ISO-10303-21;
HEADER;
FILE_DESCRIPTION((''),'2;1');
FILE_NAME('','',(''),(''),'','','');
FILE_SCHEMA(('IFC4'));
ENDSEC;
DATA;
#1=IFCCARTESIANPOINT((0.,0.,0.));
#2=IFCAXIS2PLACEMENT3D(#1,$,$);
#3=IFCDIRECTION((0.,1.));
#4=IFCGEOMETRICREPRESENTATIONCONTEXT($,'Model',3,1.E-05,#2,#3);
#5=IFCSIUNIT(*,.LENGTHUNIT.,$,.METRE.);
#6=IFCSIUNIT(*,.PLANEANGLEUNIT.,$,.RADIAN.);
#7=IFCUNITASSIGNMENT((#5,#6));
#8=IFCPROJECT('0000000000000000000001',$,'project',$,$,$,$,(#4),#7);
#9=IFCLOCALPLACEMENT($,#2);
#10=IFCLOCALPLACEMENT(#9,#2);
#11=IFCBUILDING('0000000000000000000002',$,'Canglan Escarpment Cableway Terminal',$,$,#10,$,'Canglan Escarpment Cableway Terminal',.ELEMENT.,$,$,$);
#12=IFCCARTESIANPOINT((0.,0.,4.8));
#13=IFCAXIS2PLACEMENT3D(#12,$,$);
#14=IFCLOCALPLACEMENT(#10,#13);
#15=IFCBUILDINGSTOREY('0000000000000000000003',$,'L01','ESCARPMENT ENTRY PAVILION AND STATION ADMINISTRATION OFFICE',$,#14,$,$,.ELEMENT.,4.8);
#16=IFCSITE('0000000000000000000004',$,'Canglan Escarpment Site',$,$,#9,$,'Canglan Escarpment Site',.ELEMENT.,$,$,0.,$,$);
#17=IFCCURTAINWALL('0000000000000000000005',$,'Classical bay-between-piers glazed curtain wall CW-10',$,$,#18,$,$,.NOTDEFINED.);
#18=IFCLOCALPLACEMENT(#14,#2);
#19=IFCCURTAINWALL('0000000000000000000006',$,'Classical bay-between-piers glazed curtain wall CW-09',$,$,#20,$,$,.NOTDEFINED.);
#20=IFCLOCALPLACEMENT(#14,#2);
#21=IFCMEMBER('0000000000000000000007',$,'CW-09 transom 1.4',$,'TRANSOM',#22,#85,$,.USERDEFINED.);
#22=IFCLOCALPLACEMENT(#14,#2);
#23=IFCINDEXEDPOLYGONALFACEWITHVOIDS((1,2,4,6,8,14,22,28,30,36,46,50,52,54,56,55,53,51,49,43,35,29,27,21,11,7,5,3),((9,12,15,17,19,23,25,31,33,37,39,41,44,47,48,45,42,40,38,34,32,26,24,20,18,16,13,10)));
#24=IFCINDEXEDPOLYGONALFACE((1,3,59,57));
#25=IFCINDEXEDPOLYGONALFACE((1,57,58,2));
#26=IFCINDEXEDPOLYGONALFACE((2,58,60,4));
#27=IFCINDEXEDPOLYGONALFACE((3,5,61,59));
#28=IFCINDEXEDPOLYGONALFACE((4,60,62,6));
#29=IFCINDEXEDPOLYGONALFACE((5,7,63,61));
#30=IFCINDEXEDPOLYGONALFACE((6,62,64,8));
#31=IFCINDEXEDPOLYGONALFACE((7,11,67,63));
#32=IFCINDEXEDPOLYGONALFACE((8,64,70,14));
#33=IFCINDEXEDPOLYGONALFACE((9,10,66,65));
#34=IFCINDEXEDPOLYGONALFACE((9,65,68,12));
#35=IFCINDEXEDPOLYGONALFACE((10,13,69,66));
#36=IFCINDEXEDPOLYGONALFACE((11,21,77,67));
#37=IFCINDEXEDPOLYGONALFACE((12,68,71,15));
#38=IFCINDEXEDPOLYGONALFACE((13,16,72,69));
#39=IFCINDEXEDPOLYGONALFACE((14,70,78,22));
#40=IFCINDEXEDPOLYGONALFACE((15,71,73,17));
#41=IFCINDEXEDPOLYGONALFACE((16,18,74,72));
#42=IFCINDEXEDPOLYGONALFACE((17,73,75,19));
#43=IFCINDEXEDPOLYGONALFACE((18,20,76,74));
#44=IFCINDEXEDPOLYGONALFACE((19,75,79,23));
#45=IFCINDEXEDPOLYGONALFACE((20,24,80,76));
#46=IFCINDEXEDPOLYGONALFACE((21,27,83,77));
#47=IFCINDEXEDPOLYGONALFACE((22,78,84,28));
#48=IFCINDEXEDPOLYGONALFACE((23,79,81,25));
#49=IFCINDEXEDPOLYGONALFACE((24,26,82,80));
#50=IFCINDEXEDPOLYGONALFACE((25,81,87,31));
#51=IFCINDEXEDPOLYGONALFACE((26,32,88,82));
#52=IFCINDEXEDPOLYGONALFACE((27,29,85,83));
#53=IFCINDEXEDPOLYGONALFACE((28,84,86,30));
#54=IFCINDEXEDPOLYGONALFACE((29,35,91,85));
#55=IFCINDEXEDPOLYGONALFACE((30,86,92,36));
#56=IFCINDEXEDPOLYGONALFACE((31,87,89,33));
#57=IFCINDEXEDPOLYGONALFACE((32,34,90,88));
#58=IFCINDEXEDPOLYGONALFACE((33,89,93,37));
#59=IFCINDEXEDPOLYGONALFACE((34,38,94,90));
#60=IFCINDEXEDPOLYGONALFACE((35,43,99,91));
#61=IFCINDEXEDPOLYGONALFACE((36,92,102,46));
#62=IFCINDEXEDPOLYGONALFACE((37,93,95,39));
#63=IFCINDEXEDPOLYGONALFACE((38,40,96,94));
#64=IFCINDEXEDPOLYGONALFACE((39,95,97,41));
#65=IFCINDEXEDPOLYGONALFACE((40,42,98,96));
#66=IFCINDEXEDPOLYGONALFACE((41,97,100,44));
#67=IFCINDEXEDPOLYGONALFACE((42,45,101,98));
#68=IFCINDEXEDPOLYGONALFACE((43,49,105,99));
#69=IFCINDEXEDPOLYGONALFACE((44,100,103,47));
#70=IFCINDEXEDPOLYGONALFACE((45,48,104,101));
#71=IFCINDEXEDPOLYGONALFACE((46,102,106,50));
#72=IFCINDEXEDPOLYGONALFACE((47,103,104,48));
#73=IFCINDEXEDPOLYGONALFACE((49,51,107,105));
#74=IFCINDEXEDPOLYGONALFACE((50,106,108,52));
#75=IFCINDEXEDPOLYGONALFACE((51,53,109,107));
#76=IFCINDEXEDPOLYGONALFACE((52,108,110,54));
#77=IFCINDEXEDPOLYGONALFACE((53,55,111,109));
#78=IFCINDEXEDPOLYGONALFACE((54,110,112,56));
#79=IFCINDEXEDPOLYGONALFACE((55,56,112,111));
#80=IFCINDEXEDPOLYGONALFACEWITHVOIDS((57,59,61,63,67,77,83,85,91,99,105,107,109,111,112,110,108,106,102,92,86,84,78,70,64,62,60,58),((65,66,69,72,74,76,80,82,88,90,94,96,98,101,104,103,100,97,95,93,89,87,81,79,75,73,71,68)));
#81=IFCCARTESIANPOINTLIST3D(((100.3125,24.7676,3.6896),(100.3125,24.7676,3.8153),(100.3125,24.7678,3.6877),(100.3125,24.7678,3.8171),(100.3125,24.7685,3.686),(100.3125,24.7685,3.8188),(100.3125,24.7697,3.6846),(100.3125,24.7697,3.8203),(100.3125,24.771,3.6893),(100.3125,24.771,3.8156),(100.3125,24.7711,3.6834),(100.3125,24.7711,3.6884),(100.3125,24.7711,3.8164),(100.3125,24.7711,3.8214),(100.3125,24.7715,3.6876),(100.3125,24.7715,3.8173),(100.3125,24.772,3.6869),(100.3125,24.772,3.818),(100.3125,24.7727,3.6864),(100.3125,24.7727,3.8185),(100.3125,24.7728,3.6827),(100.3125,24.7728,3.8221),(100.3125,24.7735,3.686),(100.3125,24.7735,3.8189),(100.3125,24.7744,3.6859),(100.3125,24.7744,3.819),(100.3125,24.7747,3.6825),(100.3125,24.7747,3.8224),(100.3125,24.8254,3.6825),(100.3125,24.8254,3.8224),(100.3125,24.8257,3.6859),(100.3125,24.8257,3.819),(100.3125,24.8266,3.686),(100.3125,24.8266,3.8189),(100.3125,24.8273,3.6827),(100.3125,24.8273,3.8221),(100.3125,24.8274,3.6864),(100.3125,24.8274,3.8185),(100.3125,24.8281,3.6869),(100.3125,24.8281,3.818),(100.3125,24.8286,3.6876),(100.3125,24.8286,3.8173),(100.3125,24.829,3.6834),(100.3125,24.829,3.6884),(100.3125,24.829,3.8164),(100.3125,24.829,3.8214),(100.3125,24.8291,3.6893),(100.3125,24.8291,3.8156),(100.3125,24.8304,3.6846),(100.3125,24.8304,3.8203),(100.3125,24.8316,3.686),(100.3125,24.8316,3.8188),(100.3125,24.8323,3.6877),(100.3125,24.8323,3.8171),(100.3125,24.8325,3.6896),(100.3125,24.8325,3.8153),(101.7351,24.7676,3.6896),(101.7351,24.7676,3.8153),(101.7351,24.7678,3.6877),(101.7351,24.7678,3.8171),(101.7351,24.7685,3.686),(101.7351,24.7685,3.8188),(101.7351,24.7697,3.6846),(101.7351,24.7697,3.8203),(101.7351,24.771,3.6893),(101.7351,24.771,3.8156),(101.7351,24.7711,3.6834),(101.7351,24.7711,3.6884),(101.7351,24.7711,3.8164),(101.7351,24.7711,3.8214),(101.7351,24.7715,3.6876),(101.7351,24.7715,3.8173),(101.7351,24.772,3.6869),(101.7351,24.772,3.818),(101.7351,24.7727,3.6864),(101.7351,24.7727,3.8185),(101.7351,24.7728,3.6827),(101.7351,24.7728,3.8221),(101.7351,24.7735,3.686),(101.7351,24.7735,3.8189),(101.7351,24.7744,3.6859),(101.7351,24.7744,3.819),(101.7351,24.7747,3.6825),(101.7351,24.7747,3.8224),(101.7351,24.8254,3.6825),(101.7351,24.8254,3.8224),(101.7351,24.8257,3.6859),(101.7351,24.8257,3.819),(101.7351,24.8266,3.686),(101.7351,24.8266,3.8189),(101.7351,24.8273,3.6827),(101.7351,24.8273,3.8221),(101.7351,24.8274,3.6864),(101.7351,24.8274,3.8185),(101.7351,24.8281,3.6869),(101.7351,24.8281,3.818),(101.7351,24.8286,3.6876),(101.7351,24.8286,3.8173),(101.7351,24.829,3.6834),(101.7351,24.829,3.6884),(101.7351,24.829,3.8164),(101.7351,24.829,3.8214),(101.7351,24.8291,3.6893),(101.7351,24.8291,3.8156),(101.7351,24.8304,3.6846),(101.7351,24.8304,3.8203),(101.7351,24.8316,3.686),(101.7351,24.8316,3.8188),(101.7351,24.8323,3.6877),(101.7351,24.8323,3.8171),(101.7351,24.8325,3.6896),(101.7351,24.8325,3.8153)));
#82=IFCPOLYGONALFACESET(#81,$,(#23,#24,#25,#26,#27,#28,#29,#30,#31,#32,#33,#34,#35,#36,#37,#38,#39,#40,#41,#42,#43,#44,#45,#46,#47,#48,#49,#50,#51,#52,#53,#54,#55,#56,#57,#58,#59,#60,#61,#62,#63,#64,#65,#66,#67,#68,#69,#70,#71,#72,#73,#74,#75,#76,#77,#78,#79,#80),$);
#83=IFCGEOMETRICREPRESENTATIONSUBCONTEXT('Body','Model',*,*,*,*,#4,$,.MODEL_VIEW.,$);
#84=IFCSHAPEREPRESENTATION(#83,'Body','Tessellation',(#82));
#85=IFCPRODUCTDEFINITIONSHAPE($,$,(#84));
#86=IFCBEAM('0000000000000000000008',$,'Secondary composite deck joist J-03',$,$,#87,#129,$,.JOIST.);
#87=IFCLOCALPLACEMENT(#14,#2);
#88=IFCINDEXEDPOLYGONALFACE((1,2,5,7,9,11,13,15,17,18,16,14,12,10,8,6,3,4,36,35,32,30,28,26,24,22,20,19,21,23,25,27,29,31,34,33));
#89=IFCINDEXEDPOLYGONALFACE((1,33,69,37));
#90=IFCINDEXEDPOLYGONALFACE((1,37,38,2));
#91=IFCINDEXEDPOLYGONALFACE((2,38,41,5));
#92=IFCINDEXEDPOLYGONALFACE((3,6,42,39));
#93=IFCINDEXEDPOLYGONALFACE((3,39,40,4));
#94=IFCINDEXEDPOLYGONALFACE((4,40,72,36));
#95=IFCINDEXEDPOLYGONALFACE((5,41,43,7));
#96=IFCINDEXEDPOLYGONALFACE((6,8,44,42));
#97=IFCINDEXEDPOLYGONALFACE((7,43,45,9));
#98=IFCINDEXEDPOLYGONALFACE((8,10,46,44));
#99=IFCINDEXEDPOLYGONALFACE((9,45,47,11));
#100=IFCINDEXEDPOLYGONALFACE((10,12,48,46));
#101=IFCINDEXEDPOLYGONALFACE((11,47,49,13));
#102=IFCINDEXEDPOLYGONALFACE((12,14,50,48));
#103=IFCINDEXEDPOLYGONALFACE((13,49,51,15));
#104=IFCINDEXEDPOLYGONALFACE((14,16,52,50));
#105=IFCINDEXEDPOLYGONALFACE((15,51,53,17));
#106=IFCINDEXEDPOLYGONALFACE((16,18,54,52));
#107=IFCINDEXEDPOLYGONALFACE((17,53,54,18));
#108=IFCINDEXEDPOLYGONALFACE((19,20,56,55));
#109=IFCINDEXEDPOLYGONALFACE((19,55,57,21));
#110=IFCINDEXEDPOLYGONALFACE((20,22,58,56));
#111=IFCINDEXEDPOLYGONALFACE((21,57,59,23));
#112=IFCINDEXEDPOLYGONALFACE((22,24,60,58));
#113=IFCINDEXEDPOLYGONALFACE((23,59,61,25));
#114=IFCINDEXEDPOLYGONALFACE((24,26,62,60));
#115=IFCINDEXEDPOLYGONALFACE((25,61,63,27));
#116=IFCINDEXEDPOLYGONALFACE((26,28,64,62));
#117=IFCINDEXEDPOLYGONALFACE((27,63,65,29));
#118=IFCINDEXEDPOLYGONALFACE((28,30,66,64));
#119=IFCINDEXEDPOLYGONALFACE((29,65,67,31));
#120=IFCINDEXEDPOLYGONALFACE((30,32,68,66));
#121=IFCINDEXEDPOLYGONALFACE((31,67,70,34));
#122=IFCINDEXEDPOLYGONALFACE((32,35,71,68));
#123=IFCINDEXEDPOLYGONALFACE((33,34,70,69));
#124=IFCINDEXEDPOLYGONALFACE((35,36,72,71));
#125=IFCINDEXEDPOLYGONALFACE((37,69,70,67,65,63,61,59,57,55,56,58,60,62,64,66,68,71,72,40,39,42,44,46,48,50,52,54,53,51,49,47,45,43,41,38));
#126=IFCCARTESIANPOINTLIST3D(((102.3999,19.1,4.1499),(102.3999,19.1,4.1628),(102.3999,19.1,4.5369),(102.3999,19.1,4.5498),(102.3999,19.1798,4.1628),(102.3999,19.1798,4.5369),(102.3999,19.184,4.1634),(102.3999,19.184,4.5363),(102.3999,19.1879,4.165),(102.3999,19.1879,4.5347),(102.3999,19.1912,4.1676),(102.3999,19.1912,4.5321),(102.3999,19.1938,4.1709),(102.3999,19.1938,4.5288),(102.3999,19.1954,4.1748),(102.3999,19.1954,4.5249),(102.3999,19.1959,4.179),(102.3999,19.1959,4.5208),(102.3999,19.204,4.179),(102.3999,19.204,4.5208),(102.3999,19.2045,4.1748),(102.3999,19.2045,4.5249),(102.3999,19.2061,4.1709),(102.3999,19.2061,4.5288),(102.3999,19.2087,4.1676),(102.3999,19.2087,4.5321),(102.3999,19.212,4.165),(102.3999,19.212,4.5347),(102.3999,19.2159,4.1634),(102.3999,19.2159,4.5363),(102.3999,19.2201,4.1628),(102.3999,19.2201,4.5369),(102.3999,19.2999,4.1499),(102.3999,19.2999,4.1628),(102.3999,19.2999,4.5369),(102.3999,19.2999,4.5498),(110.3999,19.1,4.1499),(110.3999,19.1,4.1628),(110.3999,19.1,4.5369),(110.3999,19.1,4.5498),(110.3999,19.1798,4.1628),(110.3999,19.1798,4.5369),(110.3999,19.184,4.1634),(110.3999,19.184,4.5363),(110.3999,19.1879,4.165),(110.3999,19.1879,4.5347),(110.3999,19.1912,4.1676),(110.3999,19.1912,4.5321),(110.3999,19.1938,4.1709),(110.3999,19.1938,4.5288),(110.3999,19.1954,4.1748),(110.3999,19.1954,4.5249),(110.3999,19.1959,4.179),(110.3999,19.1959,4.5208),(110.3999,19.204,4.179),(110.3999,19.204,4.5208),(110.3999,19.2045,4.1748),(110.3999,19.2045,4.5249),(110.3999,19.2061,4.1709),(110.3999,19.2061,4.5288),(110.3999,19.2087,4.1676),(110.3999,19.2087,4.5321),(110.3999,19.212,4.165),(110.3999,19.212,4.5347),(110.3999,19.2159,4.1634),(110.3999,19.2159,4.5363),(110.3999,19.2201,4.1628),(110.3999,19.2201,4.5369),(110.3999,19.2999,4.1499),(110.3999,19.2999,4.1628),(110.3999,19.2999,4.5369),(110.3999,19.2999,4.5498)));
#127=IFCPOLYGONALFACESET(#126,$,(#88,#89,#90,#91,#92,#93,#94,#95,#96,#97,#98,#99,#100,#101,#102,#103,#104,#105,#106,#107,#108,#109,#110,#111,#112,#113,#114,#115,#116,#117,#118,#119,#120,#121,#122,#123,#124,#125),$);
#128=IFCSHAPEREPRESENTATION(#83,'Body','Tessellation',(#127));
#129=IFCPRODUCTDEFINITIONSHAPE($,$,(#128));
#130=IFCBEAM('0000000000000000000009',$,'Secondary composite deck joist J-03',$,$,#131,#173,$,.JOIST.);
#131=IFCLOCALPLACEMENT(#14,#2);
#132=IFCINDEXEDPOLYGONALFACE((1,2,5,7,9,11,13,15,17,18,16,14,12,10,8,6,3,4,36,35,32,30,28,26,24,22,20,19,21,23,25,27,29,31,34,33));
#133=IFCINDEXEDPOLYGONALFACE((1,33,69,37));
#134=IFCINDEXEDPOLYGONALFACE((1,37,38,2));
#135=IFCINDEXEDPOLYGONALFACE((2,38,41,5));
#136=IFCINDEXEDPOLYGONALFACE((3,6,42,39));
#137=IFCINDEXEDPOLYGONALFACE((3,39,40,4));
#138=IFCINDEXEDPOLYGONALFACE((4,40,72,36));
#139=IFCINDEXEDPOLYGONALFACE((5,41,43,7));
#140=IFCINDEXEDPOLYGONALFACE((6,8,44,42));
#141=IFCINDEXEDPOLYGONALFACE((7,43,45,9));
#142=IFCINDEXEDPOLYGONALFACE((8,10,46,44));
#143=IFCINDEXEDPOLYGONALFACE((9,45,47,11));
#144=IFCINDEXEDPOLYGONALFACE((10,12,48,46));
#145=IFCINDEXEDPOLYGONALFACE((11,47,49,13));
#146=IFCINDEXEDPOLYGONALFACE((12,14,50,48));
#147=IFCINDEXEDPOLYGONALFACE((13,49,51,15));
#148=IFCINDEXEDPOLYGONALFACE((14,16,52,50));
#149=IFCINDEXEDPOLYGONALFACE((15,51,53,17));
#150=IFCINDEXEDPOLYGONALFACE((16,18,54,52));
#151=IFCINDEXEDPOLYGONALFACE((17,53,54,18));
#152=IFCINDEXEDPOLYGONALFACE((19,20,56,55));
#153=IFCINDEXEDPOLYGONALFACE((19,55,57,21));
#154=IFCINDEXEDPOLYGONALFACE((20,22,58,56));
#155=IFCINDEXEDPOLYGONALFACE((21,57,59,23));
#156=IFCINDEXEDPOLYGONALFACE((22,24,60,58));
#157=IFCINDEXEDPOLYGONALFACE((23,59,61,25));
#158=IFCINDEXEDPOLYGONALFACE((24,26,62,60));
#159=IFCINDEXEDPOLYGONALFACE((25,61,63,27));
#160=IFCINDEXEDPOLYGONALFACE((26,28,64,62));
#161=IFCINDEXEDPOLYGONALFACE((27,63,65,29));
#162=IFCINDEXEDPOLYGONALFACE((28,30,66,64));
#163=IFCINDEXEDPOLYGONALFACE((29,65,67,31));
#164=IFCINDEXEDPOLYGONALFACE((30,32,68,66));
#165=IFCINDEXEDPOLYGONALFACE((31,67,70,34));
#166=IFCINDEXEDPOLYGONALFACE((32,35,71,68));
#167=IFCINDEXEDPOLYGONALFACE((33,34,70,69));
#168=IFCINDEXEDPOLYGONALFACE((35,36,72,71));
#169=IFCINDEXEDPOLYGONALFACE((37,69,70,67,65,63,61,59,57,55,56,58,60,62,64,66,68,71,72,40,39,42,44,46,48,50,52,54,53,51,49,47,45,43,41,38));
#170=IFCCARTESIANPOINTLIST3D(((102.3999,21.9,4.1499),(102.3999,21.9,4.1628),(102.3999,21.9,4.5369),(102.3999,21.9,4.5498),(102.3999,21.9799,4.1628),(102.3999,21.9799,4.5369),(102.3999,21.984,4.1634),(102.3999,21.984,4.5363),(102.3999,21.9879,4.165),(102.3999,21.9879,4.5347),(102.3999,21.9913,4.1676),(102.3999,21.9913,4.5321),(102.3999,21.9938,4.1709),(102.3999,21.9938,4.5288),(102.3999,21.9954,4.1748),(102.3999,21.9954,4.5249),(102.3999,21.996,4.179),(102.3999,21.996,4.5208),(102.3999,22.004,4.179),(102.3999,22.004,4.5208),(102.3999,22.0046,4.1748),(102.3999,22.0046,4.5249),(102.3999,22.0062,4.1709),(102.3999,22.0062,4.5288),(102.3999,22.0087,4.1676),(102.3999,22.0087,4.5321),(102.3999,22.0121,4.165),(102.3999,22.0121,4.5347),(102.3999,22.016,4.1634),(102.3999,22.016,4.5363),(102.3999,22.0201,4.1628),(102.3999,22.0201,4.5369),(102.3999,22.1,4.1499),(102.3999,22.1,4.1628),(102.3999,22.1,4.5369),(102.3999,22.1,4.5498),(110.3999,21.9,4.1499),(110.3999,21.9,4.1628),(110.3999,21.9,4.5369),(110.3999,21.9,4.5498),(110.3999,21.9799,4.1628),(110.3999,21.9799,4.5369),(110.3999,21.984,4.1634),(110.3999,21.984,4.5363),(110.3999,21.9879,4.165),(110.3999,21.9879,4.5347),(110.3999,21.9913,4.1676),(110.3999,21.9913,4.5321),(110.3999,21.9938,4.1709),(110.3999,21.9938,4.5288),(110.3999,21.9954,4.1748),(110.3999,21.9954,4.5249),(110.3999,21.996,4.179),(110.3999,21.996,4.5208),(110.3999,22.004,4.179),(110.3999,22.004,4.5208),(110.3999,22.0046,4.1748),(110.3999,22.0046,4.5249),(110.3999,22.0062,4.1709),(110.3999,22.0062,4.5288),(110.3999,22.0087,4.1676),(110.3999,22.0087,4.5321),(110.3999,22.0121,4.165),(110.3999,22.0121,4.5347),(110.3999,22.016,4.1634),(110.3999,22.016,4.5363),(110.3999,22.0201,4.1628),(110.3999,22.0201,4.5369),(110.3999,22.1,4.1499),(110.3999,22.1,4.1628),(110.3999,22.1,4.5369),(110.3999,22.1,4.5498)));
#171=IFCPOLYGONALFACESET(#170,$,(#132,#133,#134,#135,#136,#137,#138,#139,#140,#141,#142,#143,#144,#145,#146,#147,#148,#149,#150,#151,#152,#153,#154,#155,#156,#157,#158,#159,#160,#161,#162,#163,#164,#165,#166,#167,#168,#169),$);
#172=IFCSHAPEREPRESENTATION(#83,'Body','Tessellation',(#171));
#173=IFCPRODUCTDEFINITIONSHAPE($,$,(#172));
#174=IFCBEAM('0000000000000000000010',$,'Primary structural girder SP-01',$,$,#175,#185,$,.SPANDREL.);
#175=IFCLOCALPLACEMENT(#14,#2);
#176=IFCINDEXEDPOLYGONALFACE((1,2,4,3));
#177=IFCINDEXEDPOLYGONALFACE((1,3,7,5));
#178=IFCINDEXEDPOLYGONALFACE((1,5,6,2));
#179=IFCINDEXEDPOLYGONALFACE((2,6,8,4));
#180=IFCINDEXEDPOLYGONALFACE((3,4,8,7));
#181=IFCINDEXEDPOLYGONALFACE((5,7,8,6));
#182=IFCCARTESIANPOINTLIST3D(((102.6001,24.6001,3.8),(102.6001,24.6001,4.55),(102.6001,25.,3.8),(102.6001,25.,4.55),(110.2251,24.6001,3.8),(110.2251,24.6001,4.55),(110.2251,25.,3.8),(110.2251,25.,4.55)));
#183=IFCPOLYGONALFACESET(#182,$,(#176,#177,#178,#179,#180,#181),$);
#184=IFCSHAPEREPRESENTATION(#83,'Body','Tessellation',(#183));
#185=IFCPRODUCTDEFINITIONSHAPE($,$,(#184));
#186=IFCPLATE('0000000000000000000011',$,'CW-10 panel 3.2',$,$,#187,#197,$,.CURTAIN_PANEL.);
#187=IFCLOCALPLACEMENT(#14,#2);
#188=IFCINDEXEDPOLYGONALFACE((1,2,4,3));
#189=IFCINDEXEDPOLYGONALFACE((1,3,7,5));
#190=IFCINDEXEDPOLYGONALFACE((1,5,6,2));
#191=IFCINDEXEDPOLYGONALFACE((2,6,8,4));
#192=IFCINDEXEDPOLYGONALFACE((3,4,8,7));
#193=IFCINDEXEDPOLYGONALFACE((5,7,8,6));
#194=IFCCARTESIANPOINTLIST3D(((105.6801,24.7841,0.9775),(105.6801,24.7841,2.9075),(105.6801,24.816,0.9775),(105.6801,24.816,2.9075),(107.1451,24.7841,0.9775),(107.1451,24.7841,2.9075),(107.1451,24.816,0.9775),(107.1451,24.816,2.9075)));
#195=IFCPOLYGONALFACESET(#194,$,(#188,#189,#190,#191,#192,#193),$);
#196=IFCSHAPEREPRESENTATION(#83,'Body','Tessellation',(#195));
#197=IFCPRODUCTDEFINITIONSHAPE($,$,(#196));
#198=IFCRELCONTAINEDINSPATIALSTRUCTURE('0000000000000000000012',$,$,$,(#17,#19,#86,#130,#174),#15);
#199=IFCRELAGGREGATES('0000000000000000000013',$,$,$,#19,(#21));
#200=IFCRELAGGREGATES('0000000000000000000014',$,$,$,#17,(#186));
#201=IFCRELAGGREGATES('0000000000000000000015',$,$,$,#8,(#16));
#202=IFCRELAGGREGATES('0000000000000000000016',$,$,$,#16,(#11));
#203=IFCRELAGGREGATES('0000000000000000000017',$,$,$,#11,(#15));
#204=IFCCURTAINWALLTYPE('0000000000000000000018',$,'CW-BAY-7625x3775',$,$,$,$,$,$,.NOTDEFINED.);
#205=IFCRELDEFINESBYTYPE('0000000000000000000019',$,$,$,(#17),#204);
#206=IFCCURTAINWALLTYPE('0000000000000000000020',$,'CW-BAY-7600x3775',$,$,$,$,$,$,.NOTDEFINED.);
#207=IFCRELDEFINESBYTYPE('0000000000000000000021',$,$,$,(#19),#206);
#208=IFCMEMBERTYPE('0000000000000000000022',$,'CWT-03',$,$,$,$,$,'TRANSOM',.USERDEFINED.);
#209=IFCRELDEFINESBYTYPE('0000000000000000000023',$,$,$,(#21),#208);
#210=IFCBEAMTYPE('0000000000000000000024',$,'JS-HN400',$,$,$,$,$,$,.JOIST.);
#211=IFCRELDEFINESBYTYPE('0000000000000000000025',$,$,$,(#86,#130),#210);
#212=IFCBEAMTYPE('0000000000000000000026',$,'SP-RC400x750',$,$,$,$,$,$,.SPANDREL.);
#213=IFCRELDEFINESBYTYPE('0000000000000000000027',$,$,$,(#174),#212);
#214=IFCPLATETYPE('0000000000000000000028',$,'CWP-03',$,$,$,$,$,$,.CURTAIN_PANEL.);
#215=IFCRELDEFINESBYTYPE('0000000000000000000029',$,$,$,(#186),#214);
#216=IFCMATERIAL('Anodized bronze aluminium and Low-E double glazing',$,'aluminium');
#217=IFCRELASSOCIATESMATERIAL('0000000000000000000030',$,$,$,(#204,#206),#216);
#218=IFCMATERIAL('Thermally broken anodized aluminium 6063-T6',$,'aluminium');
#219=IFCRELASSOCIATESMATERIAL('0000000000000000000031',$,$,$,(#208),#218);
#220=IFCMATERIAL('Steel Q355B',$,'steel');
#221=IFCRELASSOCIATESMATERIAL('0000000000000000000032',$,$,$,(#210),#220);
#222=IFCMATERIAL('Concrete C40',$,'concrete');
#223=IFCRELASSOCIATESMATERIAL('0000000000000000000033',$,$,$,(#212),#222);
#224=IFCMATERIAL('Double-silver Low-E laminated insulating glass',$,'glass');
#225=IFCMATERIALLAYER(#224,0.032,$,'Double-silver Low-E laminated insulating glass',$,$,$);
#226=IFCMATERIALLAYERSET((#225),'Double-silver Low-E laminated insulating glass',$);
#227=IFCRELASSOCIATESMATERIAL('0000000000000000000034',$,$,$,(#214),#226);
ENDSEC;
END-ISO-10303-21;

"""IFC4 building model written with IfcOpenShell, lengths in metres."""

from ifc_helpers import new_model, si_unit, direction, frame, origin, origin_2d, place, context, subcontext, project, spatial, rectangle, hollow_rectangle, i_section, extrude, material, layer, layer_set, material_profile, profile_set, type_object, element, aggregate, save


model = new_model("IFC4")

# Units and contexts
model_context = context("Model", 3, precision=1e-05, world=origin(), true_north=direction((0.0, 1.0)))
body_context = subcontext(model_context, "Body", "Model", "MODEL_VIEW")
ifc_project = project(units=[si_unit("LENGTHUNIT", "METRE"), si_unit("PLANEANGLEUNIT", "RADIAN")], contexts=[model_context])

# Site, building, storey
site_placement = place(None, origin())
site = spatial("IfcSite", under=ifc_project, at=site_placement, Name="Canglan Escarpment Site", LongName="Canglan Escarpment Site", CompositionType="ELEMENT", RefElevation=0.0)
building_placement = place(site_placement, origin())
building = spatial("IfcBuilding", under=site, at=building_placement, Name="Canglan Escarpment Cableway Terminal", LongName="Canglan Escarpment Cableway Terminal", CompositionType="ELEMENT")
storey_placement = place(building_placement, frame((0.0, 0.0, 4.8)))
storey = spatial("IfcBuildingStorey", under=building, at=storey_placement, Name="L01", Description="ESCARPMENT ENTRY PAVILION AND STATION ADMINISTRATION OFFICE", CompositionType="ELEMENT", Elevation=4.8)

# Curtain walls, member
ifc_material_1 = material(Name="Anodized bronze aluminium and Low-E double glazing", Category="aluminium")
curtain_wall_type_1 = type_object("IfcCurtainWallType", Name="CW-BAY-7625x3775", PredefinedType="NOTDEFINED", material=ifc_material_1)
curtain_wall_1_placement = place(storey_placement, origin())
curtain_wall_1 = element("IfcCurtainWall", 1, at=curtain_wall_1_placement, inside=storey, type_object=curtain_wall_type_1, Name="Classical bay-between-piers glazed curtain wall CW-10", PredefinedType="NOTDEFINED")
ifc_material_2 = material(Name="Thermally broken anodized aluminium 6063-T6", Category="aluminium")
curtain_wall_type_2 = type_object("IfcCurtainWallType", Name="CW-BAY-7600x3775", PredefinedType="NOTDEFINED", material=ifc_material_1)
curtain_wall_2_placement = place(storey_placement, origin())
curtain_wall_2 = element("IfcCurtainWall", 2, at=curtain_wall_2_placement, inside=storey, type_object=curtain_wall_type_2, Name="Classical bay-between-piers glazed curtain wall CW-09", PredefinedType="NOTDEFINED")
ifc_material_profile_1 = material_profile(ifc_material_2, hollow_rectangle(XDim=0.0649, YDim=0.1399, WallThickness=0.0034, InnerFilletRadius=0.0034, OuterFilletRadius=0.0071, at=origin_2d()), Name="ALU-TRAN 65x140x3.5")
ifc_profile_set_1 = profile_set([ifc_material_profile_1], Name="Thermally broken anodized aluminium 6063-T6")
member_type_1 = type_object("IfcMemberType", Name="CWT-03", ElementType="TRANSOM", PredefinedType="USERDEFINED", material=ifc_profile_set_1)
member_1_placement = place(storey_placement, frame((101.7351, 24.8, 3.7524), z_axis=(-1.0, 0.0, 0.0), x_axis=(0.0, -1.0, 0.0)))
member_1 = element("IfcMember", 3, at=member_1_placement, type_object=member_type_1, Name="CW-09 transom 1.4", ObjectType="TRANSOM", PredefinedType="USERDEFINED", context=body_context, shape_type="SweptSolid", body=[
    extrude(hollow_rectangle(XDim=0.0649, YDim=0.1399, WallThickness=0.0034, InnerFilletRadius=0.0034, OuterFilletRadius=0.0071, at=origin_2d()), origin(), (0.0, 0.0, 1.0), 1.4226),
])
aggregate(curtain_wall_2, [member_1])

# Beams
ifc_material_3 = material(Name="Steel Q355B", Category="steel")
ifc_material_profile_2 = material_profile(ifc_material_3, i_section(OverallWidth=0.2, OverallDepth=0.3999, WebThickness=0.0081, FlangeThickness=0.0129, FilletRadius=0.0161, at=origin_2d()), Name="HN 400x200x8x13")
ifc_profile_set_2 = profile_set([ifc_material_profile_2], Name="Steel Q355B")
beam_type_1 = type_object("IfcBeamType", Name="JS-HN400", PredefinedType="JOIST", material=ifc_profile_set_2)
for number, where, z_axis, x_axis, name in (
    (4, (102.3999, 19.2, 4.3499), (1.0, 0.0, 0.0), (0.0, 1.0, 0.0), "Secondary composite deck joist J-03"),
    (5, (102.3999, 22.0, 4.3499), (1.0, 0.0, 0.0), (0.0, 1.0, 0.0), "Secondary composite deck joist J-03"),
):
    element("IfcBeam", number, at=place(storey_placement, frame(where, z_axis=z_axis, x_axis=x_axis)), inside=storey, type_object=beam_type_1, Name=name, PredefinedType="JOIST", context=body_context, shape_type="SweptSolid", body=[
        extrude(i_section(OverallWidth=0.2, OverallDepth=0.3999, WebThickness=0.0081, FlangeThickness=0.0129, FilletRadius=0.0161, at=origin_2d()), origin(), (0.0, 0.0, 1.0), 8.0),
    ])
ifc_material_4 = material(Name="Concrete C40", Category="concrete")
ifc_material_profile_3 = material_profile(ifc_material_4, rectangle(XDim=0.3999, YDim=0.75, at=origin_2d()), Name="RC 400x750")
ifc_profile_set_3 = profile_set([ifc_material_profile_3], Name="Concrete C40")
beam_type_2 = type_object("IfcBeamType", Name="SP-RC400x750", PredefinedType="SPANDREL", material=ifc_profile_set_3)
beam_placement = place(storey_placement, frame((102.6001, 24.8, 4.175), z_axis=(1.0, 0.0, 0.0), x_axis=(0.0, 1.0, 0.0)))
element("IfcBeam", 6, at=beam_placement, inside=storey, type_object=beam_type_2, Name="Primary structural girder SP-01", PredefinedType="SPANDREL", context=body_context, shape_type="SweptSolid", body=[
    extrude(rectangle(XDim=0.3999, YDim=0.75, at=origin_2d()), origin(), (0.0, 0.0, 1.0), 7.625),
])

# Plate
ifc_material_5 = material(Name="Double-silver Low-E laminated insulating glass", Category="glass")
ifc_layer_1 = layer(ifc_material_5, 0.032, Name="Double-silver Low-E laminated insulating glass")
ifc_layer_set_1 = layer_set([ifc_layer_1], Name="Double-silver Low-E laminated insulating glass")
plate_type = type_object("IfcPlateType", Name="CWP-03", PredefinedType="CURTAIN_PANEL", material=ifc_layer_set_1)
plate_1_placement = place(storey_placement, frame((106.4126, 24.8, 0.9775), z_axis=(0.0, 0.0, 1.0), x_axis=(-1.0, 0.0, 0.0)))
plate_1 = element("IfcPlate", 7, at=plate_1_placement, type_object=plate_type, Name="CW-10 panel 3.2", PredefinedType="CURTAIN_PANEL", context=body_context, shape_type="SweptSolid", body=[
    extrude(rectangle(XDim=1.4651, YDim=0.032, at=origin_2d()), origin(), (0.0, 0.0, 1.0), 1.9299),
])
aggregate(curtain_wall_1, [plate_1])

save(model, "model.ifc")
